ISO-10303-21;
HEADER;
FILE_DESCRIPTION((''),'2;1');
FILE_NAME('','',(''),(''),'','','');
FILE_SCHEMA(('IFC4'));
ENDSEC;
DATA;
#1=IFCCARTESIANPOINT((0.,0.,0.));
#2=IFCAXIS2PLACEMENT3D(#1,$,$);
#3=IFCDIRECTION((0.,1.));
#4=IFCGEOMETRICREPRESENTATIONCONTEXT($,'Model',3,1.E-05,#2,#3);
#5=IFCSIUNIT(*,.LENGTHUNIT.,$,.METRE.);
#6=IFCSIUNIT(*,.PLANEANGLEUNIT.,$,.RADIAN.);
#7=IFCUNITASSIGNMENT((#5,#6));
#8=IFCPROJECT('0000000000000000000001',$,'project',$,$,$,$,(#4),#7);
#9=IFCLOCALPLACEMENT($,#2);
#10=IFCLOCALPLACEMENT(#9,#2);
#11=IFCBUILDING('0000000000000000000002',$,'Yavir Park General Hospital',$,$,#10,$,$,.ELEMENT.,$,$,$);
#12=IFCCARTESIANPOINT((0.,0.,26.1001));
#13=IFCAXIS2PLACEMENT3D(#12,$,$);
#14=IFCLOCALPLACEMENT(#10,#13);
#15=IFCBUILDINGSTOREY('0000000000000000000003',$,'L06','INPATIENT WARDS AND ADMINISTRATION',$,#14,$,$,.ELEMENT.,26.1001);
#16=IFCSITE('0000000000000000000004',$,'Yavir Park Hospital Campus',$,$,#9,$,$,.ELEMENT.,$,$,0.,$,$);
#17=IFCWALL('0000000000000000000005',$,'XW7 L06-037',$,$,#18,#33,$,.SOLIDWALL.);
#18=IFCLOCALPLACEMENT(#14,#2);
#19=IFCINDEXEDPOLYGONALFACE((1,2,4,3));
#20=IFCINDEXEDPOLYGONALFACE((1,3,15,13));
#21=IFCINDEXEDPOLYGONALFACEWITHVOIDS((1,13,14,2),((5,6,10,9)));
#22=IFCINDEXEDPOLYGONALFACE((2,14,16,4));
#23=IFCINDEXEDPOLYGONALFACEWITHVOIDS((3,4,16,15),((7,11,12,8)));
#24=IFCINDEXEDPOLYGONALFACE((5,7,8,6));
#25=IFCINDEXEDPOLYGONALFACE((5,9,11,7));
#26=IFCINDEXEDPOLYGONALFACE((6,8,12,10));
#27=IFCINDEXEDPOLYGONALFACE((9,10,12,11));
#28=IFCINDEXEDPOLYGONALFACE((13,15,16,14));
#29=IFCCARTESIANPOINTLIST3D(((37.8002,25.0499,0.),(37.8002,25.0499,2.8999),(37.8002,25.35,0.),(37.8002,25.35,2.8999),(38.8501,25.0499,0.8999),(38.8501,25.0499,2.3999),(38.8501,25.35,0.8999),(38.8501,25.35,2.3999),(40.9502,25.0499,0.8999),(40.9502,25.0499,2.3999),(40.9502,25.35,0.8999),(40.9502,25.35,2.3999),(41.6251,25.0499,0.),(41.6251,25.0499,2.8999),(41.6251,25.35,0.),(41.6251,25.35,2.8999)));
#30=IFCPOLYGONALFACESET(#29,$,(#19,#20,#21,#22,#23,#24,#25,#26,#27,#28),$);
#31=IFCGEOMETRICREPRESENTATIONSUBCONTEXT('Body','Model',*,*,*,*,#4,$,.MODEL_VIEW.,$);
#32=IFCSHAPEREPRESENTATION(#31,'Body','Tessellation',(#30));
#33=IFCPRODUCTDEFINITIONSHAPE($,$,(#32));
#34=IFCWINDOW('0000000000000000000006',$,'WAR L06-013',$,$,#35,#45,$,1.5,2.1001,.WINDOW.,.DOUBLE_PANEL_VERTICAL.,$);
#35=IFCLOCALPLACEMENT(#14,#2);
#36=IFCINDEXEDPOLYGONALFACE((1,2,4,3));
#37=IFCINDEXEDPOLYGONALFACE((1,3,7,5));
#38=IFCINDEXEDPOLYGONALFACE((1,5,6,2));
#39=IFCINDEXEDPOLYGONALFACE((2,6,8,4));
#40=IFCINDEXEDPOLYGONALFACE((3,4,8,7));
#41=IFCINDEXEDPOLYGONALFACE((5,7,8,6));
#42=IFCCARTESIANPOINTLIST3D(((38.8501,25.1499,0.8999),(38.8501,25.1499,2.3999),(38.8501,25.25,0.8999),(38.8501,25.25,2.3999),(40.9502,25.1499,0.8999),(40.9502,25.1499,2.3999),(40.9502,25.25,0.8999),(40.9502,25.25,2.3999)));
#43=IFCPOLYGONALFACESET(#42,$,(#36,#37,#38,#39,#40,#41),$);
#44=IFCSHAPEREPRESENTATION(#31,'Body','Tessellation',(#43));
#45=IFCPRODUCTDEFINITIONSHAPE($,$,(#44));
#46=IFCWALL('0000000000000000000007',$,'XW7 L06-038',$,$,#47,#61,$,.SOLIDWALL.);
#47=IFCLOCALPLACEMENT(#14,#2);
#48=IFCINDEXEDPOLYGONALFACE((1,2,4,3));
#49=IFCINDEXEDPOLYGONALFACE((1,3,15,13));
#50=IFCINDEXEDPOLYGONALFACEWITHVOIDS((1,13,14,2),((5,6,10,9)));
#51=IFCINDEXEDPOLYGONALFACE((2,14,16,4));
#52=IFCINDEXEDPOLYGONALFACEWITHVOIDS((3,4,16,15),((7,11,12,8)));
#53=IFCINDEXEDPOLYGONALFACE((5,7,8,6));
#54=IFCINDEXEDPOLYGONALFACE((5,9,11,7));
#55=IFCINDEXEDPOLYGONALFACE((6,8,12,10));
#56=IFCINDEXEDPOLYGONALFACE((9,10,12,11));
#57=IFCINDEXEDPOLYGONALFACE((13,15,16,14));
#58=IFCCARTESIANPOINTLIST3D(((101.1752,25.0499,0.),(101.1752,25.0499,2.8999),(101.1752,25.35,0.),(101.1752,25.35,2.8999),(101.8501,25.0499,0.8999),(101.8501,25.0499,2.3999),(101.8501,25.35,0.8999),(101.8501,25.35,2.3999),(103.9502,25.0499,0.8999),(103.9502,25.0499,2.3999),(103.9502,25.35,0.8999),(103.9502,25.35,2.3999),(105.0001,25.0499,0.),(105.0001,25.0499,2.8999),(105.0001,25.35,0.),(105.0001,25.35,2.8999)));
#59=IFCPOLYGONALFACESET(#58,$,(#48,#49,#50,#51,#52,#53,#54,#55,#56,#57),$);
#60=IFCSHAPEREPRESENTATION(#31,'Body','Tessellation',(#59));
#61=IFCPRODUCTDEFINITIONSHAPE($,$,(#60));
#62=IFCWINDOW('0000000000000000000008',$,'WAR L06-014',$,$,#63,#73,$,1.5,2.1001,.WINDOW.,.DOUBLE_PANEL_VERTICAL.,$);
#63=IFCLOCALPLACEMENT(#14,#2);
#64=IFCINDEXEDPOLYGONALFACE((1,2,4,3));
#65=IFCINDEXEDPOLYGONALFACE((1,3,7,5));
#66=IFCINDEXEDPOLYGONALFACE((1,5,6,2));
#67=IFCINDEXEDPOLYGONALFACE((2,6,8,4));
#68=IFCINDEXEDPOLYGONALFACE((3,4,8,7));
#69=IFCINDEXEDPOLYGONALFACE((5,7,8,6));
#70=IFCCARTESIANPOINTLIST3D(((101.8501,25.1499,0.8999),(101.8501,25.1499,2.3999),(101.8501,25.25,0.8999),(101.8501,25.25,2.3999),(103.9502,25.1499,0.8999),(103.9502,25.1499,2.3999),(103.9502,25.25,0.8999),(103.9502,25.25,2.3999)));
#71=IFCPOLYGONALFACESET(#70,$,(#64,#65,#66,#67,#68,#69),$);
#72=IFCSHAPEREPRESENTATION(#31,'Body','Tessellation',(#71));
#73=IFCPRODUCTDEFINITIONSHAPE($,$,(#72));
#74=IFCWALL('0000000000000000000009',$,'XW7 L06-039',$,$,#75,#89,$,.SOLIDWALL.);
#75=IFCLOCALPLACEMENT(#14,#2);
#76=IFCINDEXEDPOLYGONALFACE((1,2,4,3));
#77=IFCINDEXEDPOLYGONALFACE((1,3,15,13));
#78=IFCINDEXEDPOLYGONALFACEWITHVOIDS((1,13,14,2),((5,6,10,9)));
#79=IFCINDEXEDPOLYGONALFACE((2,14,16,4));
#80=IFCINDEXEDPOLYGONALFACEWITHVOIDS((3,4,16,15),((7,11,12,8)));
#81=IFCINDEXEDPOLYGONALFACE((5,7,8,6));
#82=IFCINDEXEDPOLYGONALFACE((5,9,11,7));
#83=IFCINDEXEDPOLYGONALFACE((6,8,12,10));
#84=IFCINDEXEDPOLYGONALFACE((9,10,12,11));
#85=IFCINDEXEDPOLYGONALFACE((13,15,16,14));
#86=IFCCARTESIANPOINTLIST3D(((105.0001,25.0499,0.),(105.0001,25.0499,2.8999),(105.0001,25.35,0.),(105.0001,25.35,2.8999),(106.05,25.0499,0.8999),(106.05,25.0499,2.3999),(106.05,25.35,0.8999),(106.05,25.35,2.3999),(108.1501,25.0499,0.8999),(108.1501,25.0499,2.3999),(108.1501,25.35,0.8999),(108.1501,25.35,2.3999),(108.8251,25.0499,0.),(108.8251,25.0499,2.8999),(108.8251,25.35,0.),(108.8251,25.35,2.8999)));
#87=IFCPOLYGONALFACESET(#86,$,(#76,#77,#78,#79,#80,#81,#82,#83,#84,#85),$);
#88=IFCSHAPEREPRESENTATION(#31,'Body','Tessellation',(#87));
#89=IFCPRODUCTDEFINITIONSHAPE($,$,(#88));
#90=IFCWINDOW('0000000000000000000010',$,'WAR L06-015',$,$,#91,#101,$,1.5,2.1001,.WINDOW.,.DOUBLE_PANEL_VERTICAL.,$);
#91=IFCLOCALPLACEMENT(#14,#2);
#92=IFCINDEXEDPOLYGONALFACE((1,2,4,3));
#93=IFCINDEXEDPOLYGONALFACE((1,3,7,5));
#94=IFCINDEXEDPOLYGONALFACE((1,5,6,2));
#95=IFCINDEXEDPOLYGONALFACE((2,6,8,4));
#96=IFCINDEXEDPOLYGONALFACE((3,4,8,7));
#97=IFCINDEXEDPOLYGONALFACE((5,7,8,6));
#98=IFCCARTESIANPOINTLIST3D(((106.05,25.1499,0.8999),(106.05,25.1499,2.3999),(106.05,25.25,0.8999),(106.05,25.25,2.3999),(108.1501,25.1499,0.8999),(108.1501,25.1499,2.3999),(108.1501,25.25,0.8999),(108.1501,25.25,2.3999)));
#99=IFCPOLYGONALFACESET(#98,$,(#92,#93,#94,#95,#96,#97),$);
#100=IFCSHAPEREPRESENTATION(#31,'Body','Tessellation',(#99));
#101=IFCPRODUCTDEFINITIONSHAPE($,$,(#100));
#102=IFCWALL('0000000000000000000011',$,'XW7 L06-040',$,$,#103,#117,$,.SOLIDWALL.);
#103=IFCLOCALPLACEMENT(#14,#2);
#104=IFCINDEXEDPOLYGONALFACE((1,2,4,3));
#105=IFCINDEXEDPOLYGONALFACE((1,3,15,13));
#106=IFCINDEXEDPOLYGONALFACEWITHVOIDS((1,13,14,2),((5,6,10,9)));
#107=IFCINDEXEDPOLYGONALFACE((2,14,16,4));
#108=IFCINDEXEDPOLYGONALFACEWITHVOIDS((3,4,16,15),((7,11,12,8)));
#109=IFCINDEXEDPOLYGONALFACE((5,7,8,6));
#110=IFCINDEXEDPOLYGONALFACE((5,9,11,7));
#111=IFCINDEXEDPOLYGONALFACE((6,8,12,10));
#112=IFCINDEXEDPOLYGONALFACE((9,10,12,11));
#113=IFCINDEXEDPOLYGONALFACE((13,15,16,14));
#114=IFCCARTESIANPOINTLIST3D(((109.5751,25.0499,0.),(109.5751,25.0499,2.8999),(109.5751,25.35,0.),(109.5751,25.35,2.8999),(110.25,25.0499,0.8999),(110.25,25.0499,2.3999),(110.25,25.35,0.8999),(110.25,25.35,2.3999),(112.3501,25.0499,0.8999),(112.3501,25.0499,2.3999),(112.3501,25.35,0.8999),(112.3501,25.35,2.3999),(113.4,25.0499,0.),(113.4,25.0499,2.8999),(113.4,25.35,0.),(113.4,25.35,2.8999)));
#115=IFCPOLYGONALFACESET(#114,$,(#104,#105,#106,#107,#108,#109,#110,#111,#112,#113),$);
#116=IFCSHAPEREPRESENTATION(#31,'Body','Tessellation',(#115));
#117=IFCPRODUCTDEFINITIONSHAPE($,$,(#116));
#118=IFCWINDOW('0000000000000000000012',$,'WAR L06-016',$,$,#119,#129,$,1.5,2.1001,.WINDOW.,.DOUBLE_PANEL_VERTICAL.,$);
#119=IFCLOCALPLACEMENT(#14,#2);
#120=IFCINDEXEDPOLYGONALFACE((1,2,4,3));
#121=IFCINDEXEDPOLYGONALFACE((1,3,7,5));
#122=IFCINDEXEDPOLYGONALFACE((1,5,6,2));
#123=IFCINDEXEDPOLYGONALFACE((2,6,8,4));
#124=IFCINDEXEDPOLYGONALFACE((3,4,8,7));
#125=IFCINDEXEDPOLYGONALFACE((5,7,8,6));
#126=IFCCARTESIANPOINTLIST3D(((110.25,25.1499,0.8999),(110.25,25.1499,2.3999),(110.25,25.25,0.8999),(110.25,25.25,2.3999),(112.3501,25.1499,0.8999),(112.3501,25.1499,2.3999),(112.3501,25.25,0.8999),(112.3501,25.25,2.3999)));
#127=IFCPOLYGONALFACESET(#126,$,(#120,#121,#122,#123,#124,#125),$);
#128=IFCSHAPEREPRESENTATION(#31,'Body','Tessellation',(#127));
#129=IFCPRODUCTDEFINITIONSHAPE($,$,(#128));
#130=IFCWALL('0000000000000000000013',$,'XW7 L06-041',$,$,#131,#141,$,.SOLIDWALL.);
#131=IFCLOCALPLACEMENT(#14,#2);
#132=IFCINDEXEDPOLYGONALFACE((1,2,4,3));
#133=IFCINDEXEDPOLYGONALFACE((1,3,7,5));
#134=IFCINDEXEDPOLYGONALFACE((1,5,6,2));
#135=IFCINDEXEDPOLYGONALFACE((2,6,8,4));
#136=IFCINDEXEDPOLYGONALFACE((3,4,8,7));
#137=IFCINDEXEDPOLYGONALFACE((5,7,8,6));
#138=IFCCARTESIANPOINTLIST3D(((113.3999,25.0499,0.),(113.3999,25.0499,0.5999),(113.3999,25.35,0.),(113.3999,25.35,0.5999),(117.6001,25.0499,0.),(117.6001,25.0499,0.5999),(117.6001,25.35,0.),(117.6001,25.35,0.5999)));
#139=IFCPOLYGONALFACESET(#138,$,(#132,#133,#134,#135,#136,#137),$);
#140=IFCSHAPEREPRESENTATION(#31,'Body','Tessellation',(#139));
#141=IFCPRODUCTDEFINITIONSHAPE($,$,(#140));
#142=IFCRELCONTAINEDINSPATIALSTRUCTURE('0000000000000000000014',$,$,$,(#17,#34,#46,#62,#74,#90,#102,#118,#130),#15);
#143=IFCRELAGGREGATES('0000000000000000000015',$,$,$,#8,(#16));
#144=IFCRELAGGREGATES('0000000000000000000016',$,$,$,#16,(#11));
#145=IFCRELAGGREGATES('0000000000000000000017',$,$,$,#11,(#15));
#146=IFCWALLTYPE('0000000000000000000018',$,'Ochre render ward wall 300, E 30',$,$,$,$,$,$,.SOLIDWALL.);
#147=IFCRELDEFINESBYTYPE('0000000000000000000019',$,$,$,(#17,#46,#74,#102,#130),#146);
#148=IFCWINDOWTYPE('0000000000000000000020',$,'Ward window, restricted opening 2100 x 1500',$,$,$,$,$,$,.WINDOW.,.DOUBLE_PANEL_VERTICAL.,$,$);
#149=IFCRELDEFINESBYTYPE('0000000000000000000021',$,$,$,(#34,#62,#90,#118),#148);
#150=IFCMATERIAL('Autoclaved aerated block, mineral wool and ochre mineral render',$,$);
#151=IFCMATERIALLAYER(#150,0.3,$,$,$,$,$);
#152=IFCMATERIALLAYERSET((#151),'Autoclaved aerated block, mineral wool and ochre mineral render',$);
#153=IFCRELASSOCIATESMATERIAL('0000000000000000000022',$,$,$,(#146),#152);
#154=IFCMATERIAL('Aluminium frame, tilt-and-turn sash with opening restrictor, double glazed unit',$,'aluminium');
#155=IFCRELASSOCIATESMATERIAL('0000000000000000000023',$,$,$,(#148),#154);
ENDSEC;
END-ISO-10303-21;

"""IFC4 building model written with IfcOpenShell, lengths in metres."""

from ifc_helpers import new_model, si_unit, direction, frame, frame_2d, origin, place, context, subcontext, project, spatial, rectangle, extrude, material, layer, layer_set, type_object, element, fill, save


model = new_model("IFC4")

# Units and contexts
model_context = context("Model", 3, precision=1e-05, world=origin(), true_north=direction((0.0, 1.0)))
body_context = subcontext(model_context, "Body", "Model", "MODEL_VIEW")
ifc_project = project(units=[si_unit("LENGTHUNIT", "METRE"), si_unit("PLANEANGLEUNIT", "RADIAN")], contexts=[model_context])

# Site, building, storey
site_placement = place(None, origin())
site = spatial("IfcSite", under=ifc_project, at=site_placement, Name="Yavir Park Hospital Campus", CompositionType="ELEMENT", RefElevation=0.0)
building_placement = place(site_placement, origin())
building = spatial("IfcBuilding", under=site, at=building_placement, Name="Yavir Park General Hospital", CompositionType="ELEMENT")
storey_placement = place(building_placement, frame((0.0, 0.0, 26.1001)))
storey = spatial("IfcBuildingStorey", under=building, at=storey_placement, Name="L06", Description="INPATIENT WARDS AND ADMINISTRATION", CompositionType="ELEMENT", Elevation=26.1001)

# Walls, openings, windows
ifc_material_1 = material(Name="Autoclaved aerated block, mineral wool and ochre mineral render")
ifc_layer_1 = layer(ifc_material_1, 0.3)
ifc_layer_set_1 = layer_set([ifc_layer_1], Name="Autoclaved aerated block, mineral wool and ochre mineral render")
wall_type_1 = type_object("IfcWallType", Name="Ochre render ward wall 300, E 30", PredefinedType="SOLIDWALL", material=ifc_layer_set_1)
wall_1_placement = place(storey_placement, frame((37.8, 25.2, 0.0), z_axis=(0.0, 0.0, 1.0), x_axis=(1.0, 0.0, 0.0)))
wall_1 = element("IfcWall", 1, at=wall_1_placement, inside=storey, type_object=wall_type_1, Name="XW7 L06-037", PredefinedType="SOLIDWALL", context=body_context, shape_type="SweptSolid", body=[
    extrude(rectangle(XDim=3.825, YDim=0.3, at=frame_2d((1.9126, 0.0))), origin(), (0.0, 0.0, 1.0), 2.8999),
])
opening_1_placement = place(wall_1_placement, frame((1.05, 0.0, 0.8999)))
opening_1 = element("IfcOpeningElement", 2, at=opening_1_placement, cuts=wall_1, PredefinedType="OPENING", context=body_context, shape_type="SweptSolid", body=[
    extrude(rectangle(XDim=2.1001, YDim=1.5, at=frame_2d((1.05, 0.75))), frame((0.0, 0.1599, 0.0), z_axis=(0.0, -1.0, 0.0), x_axis=(1.0, 0.0, 0.0)), (0.0, 0.0, 1.0), 0.3201),
])
ifc_material_2 = material(Name="Aluminium frame, tilt-and-turn sash with opening restrictor, double glazed unit", Category="aluminium")
window_type = type_object("IfcWindowType", Name="Ward window, restricted opening 2100 x 1500", PartitioningType="DOUBLE_PANEL_VERTICAL", PredefinedType="WINDOW", material=ifc_material_2)
window_1_placement = place(opening_1_placement, origin())
window_1 = element("IfcWindow", 3, at=window_1_placement, inside=storey, type_object=window_type, Name="WAR L06-013", OverallHeight=1.5, OverallWidth=2.1001, PartitioningType="DOUBLE_PANEL_VERTICAL", PredefinedType="WINDOW", context=body_context, shape_type="SweptSolid", body=[
    extrude(rectangle(XDim=2.1001, YDim=1.5, at=frame_2d((1.05, 0.75))), frame((0.0, 0.05, 0.0), z_axis=(0.0, -1.0, 0.0), x_axis=(1.0, 0.0, 0.0)), (0.0, 0.0, 1.0), 0.1001),
])
fill(opening_1, window_1)
wall_2_placement = place(storey_placement, frame((101.175, 25.2, 0.0), z_axis=(0.0, 0.0, 1.0), x_axis=(1.0, 0.0, 0.0)))
wall_2 = element("IfcWall", 4, at=wall_2_placement, inside=storey, type_object=wall_type_1, Name="XW7 L06-038", PredefinedType="SOLIDWALL", context=body_context, shape_type="SweptSolid", body=[
    extrude(rectangle(XDim=3.825, YDim=0.3, at=frame_2d((1.9126, 0.0))), origin(), (0.0, 0.0, 1.0), 2.8999),
])
opening_2_placement = place(wall_2_placement, frame((0.675, 0.0, 0.8999)))
opening_2 = element("IfcOpeningElement", 5, at=opening_2_placement, cuts=wall_2, PredefinedType="OPENING", context=body_context, shape_type="SweptSolid", body=[
    extrude(rectangle(XDim=2.1001, YDim=1.5, at=frame_2d((1.05, 0.75))), frame((0.0, 0.1599, 0.0), z_axis=(0.0, -1.0, 0.0), x_axis=(1.0, 0.0, 0.0)), (0.0, 0.0, 1.0), 0.3201),
])
window_2_placement = place(opening_2_placement, origin())
window_2 = element("IfcWindow", 6, at=window_2_placement, inside=storey, type_object=window_type, Name="WAR L06-014", OverallHeight=1.5, OverallWidth=2.1001, PartitioningType="DOUBLE_PANEL_VERTICAL", PredefinedType="WINDOW", context=body_context, shape_type="SweptSolid", body=[
    extrude(rectangle(XDim=2.1001, YDim=1.5, at=frame_2d((1.05, 0.75))), frame((0.0, 0.05, 0.0), z_axis=(0.0, -1.0, 0.0), x_axis=(1.0, 0.0, 0.0)), (0.0, 0.0, 1.0), 0.1001),
])
fill(opening_2, window_2)
wall_3_placement = place(storey_placement, frame((105.0, 25.2, 0.0), z_axis=(0.0, 0.0, 1.0), x_axis=(1.0, 0.0, 0.0)))
wall_3 = element("IfcWall", 7, at=wall_3_placement, inside=storey, type_object=wall_type_1, Name="XW7 L06-039", PredefinedType="SOLIDWALL", context=body_context, shape_type="SweptSolid", body=[
    extrude(rectangle(XDim=3.825, YDim=0.3, at=frame_2d((1.9126, 0.0))), origin(), (0.0, 0.0, 1.0), 2.8999),
])
opening_3_placement = place(wall_3_placement, frame((1.05, 0.0, 0.8999)))
opening_3 = element("IfcOpeningElement", 8, at=opening_3_placement, cuts=wall_3, PredefinedType="OPENING", context=body_context, shape_type="SweptSolid", body=[
    extrude(rectangle(XDim=2.1001, YDim=1.5, at=frame_2d((1.05, 0.75))), frame((0.0, 0.1599, 0.0), z_axis=(0.0, -1.0, 0.0), x_axis=(1.0, 0.0, 0.0)), (0.0, 0.0, 1.0), 0.3201),
])
window_3_placement = place(opening_3_placement, origin())
window_3 = element("IfcWindow", 9, at=window_3_placement, inside=storey, type_object=window_type, Name="WAR L06-015", OverallHeight=1.5, OverallWidth=2.1001, PartitioningType="DOUBLE_PANEL_VERTICAL", PredefinedType="WINDOW", context=body_context, shape_type="SweptSolid", body=[
    extrude(rectangle(XDim=2.1001, YDim=1.5, at=frame_2d((1.05, 0.75))), frame((0.0, 0.05, 0.0), z_axis=(0.0, -1.0, 0.0), x_axis=(1.0, 0.0, 0.0)), (0.0, 0.0, 1.0), 0.1001),
])
fill(opening_3, window_3)
wall_4_placement = place(storey_placement, frame((109.575, 25.2, 0.0), z_axis=(0.0, 0.0, 1.0), x_axis=(1.0, 0.0, 0.0)))
wall_4 = element("IfcWall", 10, at=wall_4_placement, inside=storey, type_object=wall_type_1, Name="XW7 L06-040", PredefinedType="SOLIDWALL", context=body_context, shape_type="SweptSolid", body=[
    extrude(rectangle(XDim=3.825, YDim=0.3, at=frame_2d((1.9126, 0.0))), origin(), (0.0, 0.0, 1.0), 2.8999),
])
opening_4_placement = place(wall_4_placement, frame((0.675, 0.0, 0.8999)))
opening_4 = element("IfcOpeningElement", 11, at=opening_4_placement, cuts=wall_4, PredefinedType="OPENING", context=body_context, shape_type="SweptSolid", body=[
    extrude(rectangle(XDim=2.1001, YDim=1.5, at=frame_2d((1.05, 0.75))), frame((0.0, 0.1599, 0.0), z_axis=(0.0, -1.0, 0.0), x_axis=(1.0, 0.0, 0.0)), (0.0, 0.0, 1.0), 0.3201),
])
window_4_placement = place(opening_4_placement, origin())
window_4 = element("IfcWindow", 12, at=window_4_placement, inside=storey, type_object=window_type, Name="WAR L06-016", OverallHeight=1.5, OverallWidth=2.1001, PartitioningType="DOUBLE_PANEL_VERTICAL", PredefinedType="WINDOW", context=body_context, shape_type="SweptSolid", body=[
    extrude(rectangle(XDim=2.1001, YDim=1.5, at=frame_2d((1.05, 0.75))), frame((0.0, 0.05, 0.0), z_axis=(0.0, -1.0, 0.0), x_axis=(1.0, 0.0, 0.0)), (0.0, 0.0, 1.0), 0.1001),
])
fill(opening_4, window_4)

# Wall
wall_5_placement = place(storey_placement, frame((113.3999, 25.2, 0.0), z_axis=(0.0, 0.0, 1.0), x_axis=(1.0, 0.0, 0.0)))
element("IfcWall", 13, at=wall_5_placement, inside=storey, type_object=wall_type_1, Name="XW7 L06-041", PredefinedType="SOLIDWALL", context=body_context, shape_type="SweptSolid", body=[
    extrude(rectangle(XDim=4.2002, YDim=0.3, at=frame_2d((2.1001, 0.0))), origin(), (0.0, 0.0, 1.0), 0.5999),
])

save(model, "model.ifc")
